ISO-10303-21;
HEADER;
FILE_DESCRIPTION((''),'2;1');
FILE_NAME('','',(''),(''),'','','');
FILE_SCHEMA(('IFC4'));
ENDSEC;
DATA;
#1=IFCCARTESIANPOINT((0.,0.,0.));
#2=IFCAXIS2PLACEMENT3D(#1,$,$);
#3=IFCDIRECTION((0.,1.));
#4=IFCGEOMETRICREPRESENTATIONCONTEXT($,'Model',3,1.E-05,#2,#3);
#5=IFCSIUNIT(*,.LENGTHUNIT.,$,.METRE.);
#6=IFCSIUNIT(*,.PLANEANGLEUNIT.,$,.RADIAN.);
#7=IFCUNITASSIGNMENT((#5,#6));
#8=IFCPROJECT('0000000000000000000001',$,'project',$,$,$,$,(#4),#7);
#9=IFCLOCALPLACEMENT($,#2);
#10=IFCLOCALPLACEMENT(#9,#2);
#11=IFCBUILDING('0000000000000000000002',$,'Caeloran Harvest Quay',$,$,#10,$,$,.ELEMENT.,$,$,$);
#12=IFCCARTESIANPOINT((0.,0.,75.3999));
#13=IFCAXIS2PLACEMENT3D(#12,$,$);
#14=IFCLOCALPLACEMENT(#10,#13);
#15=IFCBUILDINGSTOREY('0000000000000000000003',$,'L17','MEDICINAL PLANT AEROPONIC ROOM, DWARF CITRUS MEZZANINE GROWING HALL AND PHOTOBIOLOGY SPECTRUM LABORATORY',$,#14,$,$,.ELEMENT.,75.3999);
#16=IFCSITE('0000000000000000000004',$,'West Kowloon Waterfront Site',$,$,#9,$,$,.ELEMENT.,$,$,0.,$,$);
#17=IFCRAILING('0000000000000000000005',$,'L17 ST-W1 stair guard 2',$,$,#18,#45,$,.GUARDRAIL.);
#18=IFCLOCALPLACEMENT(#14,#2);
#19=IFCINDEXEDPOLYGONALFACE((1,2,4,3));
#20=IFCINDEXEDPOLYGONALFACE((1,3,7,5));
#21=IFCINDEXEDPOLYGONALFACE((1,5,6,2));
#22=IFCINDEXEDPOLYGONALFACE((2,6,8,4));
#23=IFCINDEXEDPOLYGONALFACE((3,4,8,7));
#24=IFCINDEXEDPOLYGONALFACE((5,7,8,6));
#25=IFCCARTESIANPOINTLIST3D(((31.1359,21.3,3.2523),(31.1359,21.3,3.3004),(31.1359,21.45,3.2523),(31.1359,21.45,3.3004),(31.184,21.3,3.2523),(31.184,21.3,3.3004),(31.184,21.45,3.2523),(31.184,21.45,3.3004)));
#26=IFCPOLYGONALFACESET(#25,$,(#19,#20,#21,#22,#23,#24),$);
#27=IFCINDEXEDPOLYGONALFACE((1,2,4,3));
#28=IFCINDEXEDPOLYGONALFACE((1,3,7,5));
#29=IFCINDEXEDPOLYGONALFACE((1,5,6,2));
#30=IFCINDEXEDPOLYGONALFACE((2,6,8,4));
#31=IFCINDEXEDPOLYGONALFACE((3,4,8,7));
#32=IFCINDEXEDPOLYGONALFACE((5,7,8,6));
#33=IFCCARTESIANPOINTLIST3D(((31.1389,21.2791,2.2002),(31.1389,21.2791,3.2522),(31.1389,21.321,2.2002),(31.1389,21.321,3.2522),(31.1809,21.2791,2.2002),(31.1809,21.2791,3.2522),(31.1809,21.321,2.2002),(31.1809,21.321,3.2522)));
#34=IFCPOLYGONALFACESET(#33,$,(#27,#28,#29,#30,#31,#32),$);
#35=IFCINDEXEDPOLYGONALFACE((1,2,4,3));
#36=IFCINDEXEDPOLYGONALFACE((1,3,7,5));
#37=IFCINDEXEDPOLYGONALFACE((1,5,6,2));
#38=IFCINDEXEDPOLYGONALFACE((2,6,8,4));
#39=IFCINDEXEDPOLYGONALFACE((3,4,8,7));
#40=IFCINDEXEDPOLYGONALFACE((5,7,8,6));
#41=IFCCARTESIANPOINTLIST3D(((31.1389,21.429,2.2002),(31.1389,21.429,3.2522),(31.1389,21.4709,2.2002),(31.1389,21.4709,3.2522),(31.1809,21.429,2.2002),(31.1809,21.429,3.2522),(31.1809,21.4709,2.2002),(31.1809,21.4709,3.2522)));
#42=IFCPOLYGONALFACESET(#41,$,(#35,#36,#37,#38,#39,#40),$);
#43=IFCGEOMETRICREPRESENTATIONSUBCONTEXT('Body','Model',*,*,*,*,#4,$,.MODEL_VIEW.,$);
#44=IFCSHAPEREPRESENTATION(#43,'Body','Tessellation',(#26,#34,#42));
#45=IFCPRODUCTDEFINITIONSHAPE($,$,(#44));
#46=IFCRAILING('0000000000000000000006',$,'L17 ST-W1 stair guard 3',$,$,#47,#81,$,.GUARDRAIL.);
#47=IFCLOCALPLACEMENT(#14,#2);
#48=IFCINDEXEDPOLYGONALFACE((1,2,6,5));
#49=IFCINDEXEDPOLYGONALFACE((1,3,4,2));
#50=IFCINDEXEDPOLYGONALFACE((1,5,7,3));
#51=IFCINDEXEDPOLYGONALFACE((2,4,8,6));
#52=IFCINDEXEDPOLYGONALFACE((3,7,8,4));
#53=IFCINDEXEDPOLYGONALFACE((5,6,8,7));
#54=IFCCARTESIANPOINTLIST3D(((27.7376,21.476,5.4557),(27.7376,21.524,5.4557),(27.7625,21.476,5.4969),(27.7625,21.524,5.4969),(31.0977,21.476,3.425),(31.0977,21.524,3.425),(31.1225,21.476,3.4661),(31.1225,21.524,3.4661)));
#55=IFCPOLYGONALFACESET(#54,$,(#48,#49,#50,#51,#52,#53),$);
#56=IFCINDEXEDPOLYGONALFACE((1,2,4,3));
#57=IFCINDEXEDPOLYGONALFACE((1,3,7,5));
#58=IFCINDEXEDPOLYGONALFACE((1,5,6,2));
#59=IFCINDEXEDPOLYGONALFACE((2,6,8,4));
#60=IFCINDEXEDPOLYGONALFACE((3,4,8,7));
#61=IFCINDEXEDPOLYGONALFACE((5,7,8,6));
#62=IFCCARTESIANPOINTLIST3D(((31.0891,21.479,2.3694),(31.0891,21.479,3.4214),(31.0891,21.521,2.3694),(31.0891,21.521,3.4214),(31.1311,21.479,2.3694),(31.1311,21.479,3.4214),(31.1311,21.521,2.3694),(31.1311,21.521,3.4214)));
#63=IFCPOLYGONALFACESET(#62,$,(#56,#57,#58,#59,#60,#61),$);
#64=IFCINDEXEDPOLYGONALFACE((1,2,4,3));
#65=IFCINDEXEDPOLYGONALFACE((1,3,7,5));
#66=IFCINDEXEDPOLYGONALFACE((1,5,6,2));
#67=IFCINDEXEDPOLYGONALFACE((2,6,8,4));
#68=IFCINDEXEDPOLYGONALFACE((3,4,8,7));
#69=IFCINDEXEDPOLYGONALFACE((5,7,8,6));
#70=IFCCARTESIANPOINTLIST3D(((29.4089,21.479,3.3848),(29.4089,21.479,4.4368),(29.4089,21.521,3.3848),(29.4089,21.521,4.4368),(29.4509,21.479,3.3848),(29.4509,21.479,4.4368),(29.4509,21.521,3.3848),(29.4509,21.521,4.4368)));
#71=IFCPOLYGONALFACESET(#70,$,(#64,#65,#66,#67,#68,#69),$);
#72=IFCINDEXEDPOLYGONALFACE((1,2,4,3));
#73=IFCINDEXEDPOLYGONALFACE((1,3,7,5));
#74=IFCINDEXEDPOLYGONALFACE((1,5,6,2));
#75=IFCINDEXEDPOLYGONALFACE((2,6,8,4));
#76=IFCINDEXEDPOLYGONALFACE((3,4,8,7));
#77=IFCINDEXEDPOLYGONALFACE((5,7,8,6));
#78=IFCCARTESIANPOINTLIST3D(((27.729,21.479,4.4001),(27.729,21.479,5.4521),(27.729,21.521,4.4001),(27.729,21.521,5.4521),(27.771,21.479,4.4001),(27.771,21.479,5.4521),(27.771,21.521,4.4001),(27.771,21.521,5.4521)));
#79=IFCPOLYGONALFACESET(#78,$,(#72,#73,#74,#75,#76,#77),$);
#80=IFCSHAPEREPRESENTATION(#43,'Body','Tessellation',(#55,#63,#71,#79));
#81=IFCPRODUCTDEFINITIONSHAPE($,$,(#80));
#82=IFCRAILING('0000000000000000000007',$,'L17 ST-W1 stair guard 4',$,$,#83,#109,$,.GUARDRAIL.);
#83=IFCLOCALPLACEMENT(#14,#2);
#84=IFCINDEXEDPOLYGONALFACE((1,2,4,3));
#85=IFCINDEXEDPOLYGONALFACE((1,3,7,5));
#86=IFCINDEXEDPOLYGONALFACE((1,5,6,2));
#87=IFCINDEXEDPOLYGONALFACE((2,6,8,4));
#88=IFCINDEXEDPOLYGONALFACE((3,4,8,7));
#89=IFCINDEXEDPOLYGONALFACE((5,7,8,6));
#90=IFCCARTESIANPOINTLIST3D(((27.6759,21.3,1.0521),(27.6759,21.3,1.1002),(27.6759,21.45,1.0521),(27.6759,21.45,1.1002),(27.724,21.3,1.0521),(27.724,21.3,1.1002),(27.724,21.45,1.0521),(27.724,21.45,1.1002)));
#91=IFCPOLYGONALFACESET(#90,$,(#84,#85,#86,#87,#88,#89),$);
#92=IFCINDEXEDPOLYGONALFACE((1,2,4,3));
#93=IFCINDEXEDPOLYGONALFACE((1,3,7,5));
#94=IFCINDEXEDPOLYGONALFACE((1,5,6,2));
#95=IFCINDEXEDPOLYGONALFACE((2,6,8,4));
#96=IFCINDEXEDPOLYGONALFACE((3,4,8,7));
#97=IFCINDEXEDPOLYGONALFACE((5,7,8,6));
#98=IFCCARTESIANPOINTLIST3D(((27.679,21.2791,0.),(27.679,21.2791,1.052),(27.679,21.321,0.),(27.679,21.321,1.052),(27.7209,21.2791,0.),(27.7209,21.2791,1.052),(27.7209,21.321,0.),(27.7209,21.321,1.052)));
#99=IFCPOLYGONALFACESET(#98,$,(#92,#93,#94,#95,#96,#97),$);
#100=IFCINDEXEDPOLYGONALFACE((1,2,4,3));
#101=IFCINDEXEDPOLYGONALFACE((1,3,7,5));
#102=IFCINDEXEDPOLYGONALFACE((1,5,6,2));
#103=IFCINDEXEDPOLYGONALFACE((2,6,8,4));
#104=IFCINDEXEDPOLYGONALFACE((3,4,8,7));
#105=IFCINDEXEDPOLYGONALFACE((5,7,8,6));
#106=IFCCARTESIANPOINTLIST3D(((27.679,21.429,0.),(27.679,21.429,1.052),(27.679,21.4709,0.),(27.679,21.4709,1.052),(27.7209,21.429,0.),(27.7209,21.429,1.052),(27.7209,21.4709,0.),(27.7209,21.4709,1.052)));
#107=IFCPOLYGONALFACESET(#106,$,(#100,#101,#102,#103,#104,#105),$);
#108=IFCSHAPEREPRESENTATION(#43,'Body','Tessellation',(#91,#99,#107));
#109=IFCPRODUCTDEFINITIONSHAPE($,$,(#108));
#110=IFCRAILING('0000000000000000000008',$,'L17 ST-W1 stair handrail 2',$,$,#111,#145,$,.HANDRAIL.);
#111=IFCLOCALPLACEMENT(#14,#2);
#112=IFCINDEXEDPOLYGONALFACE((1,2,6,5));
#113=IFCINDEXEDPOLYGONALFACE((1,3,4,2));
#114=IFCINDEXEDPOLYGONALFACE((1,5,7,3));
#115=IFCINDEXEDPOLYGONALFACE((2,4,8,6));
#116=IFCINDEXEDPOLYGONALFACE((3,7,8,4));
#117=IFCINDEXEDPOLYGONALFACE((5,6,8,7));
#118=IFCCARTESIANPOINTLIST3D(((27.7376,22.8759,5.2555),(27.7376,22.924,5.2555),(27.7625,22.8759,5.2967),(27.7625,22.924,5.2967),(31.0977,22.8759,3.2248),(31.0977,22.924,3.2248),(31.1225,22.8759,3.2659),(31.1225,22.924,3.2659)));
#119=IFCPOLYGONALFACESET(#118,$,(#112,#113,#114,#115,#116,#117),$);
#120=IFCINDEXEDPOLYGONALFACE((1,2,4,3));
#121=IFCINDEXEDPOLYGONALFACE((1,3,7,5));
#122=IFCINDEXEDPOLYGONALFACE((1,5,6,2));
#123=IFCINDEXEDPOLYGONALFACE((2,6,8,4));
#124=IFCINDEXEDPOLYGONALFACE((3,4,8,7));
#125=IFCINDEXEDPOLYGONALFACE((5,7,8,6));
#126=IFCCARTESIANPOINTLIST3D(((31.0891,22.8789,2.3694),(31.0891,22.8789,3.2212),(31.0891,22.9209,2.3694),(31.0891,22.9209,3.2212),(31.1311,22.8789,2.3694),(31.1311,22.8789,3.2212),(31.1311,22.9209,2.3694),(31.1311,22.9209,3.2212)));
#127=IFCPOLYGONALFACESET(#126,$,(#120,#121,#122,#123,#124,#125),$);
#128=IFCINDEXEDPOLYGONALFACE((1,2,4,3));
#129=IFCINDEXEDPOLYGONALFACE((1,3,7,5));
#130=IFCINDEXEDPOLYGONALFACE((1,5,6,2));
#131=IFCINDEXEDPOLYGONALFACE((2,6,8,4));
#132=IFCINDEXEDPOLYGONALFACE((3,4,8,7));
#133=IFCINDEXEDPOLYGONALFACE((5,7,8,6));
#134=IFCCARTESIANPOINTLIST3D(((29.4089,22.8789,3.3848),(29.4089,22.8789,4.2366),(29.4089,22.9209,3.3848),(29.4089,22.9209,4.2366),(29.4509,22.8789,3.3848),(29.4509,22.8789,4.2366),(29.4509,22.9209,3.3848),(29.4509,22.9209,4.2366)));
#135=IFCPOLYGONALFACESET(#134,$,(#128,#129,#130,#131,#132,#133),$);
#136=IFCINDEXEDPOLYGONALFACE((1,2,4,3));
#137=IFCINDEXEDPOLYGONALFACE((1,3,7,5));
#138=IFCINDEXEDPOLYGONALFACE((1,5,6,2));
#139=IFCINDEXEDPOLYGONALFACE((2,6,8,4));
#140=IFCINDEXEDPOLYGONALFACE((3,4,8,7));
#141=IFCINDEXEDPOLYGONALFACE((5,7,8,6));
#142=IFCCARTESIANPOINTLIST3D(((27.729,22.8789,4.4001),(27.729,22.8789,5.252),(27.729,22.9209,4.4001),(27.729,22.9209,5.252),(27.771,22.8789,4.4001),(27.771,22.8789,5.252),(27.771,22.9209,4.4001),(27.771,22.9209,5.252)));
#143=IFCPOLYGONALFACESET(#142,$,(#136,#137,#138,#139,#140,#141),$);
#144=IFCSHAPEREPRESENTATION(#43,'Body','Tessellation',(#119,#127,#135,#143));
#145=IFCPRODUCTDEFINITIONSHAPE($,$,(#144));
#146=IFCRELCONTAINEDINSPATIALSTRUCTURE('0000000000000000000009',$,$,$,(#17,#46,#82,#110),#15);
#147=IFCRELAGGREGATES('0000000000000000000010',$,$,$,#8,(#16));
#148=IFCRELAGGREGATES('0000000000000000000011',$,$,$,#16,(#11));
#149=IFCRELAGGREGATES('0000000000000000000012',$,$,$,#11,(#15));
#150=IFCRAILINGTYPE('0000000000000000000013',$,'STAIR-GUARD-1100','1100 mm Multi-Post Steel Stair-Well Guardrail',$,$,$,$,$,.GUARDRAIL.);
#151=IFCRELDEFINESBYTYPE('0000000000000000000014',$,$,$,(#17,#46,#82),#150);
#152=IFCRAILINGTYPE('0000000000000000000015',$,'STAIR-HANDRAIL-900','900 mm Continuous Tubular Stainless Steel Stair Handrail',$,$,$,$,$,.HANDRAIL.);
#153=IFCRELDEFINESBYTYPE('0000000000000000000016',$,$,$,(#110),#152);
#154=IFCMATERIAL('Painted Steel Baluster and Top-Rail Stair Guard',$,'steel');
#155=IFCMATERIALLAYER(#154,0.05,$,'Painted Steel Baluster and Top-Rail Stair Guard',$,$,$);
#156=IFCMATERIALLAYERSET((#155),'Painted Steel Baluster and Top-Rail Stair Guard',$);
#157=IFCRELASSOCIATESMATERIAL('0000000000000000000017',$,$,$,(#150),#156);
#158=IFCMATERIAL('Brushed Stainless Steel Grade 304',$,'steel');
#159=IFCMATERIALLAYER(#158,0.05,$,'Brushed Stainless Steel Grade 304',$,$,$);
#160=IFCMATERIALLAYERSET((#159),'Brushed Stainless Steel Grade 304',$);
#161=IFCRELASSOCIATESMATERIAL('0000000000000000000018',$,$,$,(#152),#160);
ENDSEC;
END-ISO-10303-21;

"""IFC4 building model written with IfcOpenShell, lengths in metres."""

from ifc_helpers import new_model, si_unit, direction, frame, origin, origin_2d, place, context, subcontext, project, spatial, rectangle, extrude, material, layer, layer_set, type_object, element, save


model = new_model("IFC4")

# Units and contexts
model_context = context("Model", 3, precision=1e-05, world=origin(), true_north=direction((0.0, 1.0)))
body_context = subcontext(model_context, "Body", "Model", "MODEL_VIEW")
ifc_project = project(units=[si_unit("LENGTHUNIT", "METRE"), si_unit("PLANEANGLEUNIT", "RADIAN")], contexts=[model_context])

# Site, building, storey
site_placement = place(None, origin())
site = spatial("IfcSite", under=ifc_project, at=site_placement, Name="West Kowloon Waterfront Site", CompositionType="ELEMENT", RefElevation=0.0)
building_placement = place(site_placement, origin())
building = spatial("IfcBuilding", under=site, at=building_placement, Name="Caeloran Harvest Quay", CompositionType="ELEMENT")
storey_placement = place(building_placement, frame((0.0, 0.0, 75.3999)))
storey = spatial("IfcBuildingStorey", under=building, at=storey_placement, Name="L17", Description="MEDICINAL PLANT AEROPONIC ROOM, DWARF CITRUS MEZZANINE GROWING HALL AND PHOTOBIOLOGY SPECTRUM LABORATORY", CompositionType="ELEMENT", Elevation=75.3999)

# Railings
ifc_material_1 = material(Name="Painted Steel Baluster and Top-Rail Stair Guard", Category="steel")
ifc_layer_1 = layer(ifc_material_1, 0.05, Name="Painted Steel Baluster and Top-Rail Stair Guard")
ifc_layer_set_1 = layer_set([ifc_layer_1], Name="Painted Steel Baluster and Top-Rail Stair Guard")
railing_type_1 = type_object("IfcRailingType", Name="STAIR-GUARD-1100", Description="1100 mm Multi-Post Steel Stair-Well Guardrail", PredefinedType="GUARDRAIL", material=ifc_layer_set_1)
railing_1_placement = place(storey_placement, frame((31.1599, 21.3, 2.2002)))
element("IfcRailing", 1, at=railing_1_placement, inside=storey, type_object=railing_type_1, Name="L17 ST-W1 stair guard 2", PredefinedType="GUARDRAIL", context=body_context, shape_type="SweptSolid", body=[
    extrude(rectangle(XDim=0.0481, YDim=0.0481, at=origin_2d()), frame((0.0, 0.0, 1.0762), z_axis=(0.0, 1.0, 0.0), x_axis=(-1.0, 0.0, 0.0)), (0.0, 0.0, 1.0), 0.1499),
    extrude(rectangle(XDim=0.042, YDim=0.042, at=origin_2d()), origin(), (0.0, 0.0, 1.0), 1.052),
    extrude(rectangle(XDim=0.042, YDim=0.042, at=origin_2d()), frame((0.0, 0.1499, 0.0)), (0.0, 0.0, 1.0), 1.052),
])
railing_2_placement = place(storey_placement, frame((31.1101, 21.5, 2.3694)))
element("IfcRailing", 2, at=railing_2_placement, inside=storey, type_object=railing_type_1, Name="L17 ST-W1 stair guard 3", PredefinedType="GUARDRAIL", context=body_context, shape_type="SweptSolid", body=[
    extrude(rectangle(XDim=0.0481, YDim=0.0481, at=origin_2d()), frame((0.0, 0.0, 1.0762), z_axis=(-0.855837, 0.0, 0.517246), x_axis=(0.0, -1.0, 0.0)), (0.0, 0.0, 1.0), 3.926),
    extrude(rectangle(XDim=0.042, YDim=0.042, at=origin_2d()), origin(), (0.0, 0.0, 1.0), 1.052),
    extrude(rectangle(XDim=0.042, YDim=0.042, at=origin_2d()), frame((-1.6802, 0.0, 1.0154)), (0.0, 0.0, 1.0), 1.052),
    extrude(rectangle(XDim=0.042, YDim=0.042, at=origin_2d()), frame((-3.3601, 0.0, 2.0308)), (0.0, 0.0, 1.0), 1.052),
])
railing_3_placement = place(storey_placement, frame((27.7, 21.3, 0.0)))
element("IfcRailing", 3, at=railing_3_placement, inside=storey, type_object=railing_type_1, Name="L17 ST-W1 stair guard 4", PredefinedType="GUARDRAIL", context=body_context, shape_type="SweptSolid", body=[
    extrude(rectangle(XDim=0.0481, YDim=0.0481, at=origin_2d()), frame((0.0, 0.0, 1.0762), z_axis=(0.0, 1.0, 0.0), x_axis=(-1.0, 0.0, 0.0)), (0.0, 0.0, 1.0), 0.1499),
    extrude(rectangle(XDim=0.042, YDim=0.042, at=origin_2d()), origin(), (0.0, 0.0, 1.0), 1.052),
    extrude(rectangle(XDim=0.042, YDim=0.042, at=origin_2d()), frame((0.0, 0.1499, 0.0)), (0.0, 0.0, 1.0), 1.052),
])
ifc_material_2 = material(Name="Brushed Stainless Steel Grade 304", Category="steel")
ifc_layer_2 = layer(ifc_material_2, 0.05, Name="Brushed Stainless Steel Grade 304")
ifc_layer_set_2 = layer_set([ifc_layer_2], Name="Brushed Stainless Steel Grade 304")
railing_type_2 = type_object("IfcRailingType", Name="STAIR-HANDRAIL-900", Description="900 mm Continuous Tubular Stainless Steel Stair Handrail", PredefinedType="HANDRAIL", material=ifc_layer_set_2)
railing_4_placement = place(storey_placement, frame((31.1101, 22.8999, 2.3694)))
element("IfcRailing", 4, at=railing_4_placement, inside=storey, type_object=railing_type_2, Name="L17 ST-W1 stair handrail 2", PredefinedType="HANDRAIL", context=body_context, shape_type="SweptSolid", body=[
    extrude(rectangle(XDim=0.0481, YDim=0.0481, at=origin_2d()), frame((0.0, 0.0, 0.876), z_axis=(-0.855837, 0.0, 0.517246), x_axis=(0.0, -1.0, 0.0)), (0.0, 0.0, 1.0), 3.926),
    extrude(rectangle(XDim=0.042, YDim=0.042, at=origin_2d()), origin(), (0.0, 0.0, 1.0), 0.8518),
    extrude(rectangle(XDim=0.042, YDim=0.042, at=origin_2d()), frame((-1.6802, 0.0, 1.0154)), (0.0, 0.0, 1.0), 0.8518),
    extrude(rectangle(XDim=0.042, YDim=0.042, at=origin_2d()), frame((-3.3601, 0.0, 2.0308)), (0.0, 0.0, 1.0), 0.8518),
])

save(model, "model.ifc")
